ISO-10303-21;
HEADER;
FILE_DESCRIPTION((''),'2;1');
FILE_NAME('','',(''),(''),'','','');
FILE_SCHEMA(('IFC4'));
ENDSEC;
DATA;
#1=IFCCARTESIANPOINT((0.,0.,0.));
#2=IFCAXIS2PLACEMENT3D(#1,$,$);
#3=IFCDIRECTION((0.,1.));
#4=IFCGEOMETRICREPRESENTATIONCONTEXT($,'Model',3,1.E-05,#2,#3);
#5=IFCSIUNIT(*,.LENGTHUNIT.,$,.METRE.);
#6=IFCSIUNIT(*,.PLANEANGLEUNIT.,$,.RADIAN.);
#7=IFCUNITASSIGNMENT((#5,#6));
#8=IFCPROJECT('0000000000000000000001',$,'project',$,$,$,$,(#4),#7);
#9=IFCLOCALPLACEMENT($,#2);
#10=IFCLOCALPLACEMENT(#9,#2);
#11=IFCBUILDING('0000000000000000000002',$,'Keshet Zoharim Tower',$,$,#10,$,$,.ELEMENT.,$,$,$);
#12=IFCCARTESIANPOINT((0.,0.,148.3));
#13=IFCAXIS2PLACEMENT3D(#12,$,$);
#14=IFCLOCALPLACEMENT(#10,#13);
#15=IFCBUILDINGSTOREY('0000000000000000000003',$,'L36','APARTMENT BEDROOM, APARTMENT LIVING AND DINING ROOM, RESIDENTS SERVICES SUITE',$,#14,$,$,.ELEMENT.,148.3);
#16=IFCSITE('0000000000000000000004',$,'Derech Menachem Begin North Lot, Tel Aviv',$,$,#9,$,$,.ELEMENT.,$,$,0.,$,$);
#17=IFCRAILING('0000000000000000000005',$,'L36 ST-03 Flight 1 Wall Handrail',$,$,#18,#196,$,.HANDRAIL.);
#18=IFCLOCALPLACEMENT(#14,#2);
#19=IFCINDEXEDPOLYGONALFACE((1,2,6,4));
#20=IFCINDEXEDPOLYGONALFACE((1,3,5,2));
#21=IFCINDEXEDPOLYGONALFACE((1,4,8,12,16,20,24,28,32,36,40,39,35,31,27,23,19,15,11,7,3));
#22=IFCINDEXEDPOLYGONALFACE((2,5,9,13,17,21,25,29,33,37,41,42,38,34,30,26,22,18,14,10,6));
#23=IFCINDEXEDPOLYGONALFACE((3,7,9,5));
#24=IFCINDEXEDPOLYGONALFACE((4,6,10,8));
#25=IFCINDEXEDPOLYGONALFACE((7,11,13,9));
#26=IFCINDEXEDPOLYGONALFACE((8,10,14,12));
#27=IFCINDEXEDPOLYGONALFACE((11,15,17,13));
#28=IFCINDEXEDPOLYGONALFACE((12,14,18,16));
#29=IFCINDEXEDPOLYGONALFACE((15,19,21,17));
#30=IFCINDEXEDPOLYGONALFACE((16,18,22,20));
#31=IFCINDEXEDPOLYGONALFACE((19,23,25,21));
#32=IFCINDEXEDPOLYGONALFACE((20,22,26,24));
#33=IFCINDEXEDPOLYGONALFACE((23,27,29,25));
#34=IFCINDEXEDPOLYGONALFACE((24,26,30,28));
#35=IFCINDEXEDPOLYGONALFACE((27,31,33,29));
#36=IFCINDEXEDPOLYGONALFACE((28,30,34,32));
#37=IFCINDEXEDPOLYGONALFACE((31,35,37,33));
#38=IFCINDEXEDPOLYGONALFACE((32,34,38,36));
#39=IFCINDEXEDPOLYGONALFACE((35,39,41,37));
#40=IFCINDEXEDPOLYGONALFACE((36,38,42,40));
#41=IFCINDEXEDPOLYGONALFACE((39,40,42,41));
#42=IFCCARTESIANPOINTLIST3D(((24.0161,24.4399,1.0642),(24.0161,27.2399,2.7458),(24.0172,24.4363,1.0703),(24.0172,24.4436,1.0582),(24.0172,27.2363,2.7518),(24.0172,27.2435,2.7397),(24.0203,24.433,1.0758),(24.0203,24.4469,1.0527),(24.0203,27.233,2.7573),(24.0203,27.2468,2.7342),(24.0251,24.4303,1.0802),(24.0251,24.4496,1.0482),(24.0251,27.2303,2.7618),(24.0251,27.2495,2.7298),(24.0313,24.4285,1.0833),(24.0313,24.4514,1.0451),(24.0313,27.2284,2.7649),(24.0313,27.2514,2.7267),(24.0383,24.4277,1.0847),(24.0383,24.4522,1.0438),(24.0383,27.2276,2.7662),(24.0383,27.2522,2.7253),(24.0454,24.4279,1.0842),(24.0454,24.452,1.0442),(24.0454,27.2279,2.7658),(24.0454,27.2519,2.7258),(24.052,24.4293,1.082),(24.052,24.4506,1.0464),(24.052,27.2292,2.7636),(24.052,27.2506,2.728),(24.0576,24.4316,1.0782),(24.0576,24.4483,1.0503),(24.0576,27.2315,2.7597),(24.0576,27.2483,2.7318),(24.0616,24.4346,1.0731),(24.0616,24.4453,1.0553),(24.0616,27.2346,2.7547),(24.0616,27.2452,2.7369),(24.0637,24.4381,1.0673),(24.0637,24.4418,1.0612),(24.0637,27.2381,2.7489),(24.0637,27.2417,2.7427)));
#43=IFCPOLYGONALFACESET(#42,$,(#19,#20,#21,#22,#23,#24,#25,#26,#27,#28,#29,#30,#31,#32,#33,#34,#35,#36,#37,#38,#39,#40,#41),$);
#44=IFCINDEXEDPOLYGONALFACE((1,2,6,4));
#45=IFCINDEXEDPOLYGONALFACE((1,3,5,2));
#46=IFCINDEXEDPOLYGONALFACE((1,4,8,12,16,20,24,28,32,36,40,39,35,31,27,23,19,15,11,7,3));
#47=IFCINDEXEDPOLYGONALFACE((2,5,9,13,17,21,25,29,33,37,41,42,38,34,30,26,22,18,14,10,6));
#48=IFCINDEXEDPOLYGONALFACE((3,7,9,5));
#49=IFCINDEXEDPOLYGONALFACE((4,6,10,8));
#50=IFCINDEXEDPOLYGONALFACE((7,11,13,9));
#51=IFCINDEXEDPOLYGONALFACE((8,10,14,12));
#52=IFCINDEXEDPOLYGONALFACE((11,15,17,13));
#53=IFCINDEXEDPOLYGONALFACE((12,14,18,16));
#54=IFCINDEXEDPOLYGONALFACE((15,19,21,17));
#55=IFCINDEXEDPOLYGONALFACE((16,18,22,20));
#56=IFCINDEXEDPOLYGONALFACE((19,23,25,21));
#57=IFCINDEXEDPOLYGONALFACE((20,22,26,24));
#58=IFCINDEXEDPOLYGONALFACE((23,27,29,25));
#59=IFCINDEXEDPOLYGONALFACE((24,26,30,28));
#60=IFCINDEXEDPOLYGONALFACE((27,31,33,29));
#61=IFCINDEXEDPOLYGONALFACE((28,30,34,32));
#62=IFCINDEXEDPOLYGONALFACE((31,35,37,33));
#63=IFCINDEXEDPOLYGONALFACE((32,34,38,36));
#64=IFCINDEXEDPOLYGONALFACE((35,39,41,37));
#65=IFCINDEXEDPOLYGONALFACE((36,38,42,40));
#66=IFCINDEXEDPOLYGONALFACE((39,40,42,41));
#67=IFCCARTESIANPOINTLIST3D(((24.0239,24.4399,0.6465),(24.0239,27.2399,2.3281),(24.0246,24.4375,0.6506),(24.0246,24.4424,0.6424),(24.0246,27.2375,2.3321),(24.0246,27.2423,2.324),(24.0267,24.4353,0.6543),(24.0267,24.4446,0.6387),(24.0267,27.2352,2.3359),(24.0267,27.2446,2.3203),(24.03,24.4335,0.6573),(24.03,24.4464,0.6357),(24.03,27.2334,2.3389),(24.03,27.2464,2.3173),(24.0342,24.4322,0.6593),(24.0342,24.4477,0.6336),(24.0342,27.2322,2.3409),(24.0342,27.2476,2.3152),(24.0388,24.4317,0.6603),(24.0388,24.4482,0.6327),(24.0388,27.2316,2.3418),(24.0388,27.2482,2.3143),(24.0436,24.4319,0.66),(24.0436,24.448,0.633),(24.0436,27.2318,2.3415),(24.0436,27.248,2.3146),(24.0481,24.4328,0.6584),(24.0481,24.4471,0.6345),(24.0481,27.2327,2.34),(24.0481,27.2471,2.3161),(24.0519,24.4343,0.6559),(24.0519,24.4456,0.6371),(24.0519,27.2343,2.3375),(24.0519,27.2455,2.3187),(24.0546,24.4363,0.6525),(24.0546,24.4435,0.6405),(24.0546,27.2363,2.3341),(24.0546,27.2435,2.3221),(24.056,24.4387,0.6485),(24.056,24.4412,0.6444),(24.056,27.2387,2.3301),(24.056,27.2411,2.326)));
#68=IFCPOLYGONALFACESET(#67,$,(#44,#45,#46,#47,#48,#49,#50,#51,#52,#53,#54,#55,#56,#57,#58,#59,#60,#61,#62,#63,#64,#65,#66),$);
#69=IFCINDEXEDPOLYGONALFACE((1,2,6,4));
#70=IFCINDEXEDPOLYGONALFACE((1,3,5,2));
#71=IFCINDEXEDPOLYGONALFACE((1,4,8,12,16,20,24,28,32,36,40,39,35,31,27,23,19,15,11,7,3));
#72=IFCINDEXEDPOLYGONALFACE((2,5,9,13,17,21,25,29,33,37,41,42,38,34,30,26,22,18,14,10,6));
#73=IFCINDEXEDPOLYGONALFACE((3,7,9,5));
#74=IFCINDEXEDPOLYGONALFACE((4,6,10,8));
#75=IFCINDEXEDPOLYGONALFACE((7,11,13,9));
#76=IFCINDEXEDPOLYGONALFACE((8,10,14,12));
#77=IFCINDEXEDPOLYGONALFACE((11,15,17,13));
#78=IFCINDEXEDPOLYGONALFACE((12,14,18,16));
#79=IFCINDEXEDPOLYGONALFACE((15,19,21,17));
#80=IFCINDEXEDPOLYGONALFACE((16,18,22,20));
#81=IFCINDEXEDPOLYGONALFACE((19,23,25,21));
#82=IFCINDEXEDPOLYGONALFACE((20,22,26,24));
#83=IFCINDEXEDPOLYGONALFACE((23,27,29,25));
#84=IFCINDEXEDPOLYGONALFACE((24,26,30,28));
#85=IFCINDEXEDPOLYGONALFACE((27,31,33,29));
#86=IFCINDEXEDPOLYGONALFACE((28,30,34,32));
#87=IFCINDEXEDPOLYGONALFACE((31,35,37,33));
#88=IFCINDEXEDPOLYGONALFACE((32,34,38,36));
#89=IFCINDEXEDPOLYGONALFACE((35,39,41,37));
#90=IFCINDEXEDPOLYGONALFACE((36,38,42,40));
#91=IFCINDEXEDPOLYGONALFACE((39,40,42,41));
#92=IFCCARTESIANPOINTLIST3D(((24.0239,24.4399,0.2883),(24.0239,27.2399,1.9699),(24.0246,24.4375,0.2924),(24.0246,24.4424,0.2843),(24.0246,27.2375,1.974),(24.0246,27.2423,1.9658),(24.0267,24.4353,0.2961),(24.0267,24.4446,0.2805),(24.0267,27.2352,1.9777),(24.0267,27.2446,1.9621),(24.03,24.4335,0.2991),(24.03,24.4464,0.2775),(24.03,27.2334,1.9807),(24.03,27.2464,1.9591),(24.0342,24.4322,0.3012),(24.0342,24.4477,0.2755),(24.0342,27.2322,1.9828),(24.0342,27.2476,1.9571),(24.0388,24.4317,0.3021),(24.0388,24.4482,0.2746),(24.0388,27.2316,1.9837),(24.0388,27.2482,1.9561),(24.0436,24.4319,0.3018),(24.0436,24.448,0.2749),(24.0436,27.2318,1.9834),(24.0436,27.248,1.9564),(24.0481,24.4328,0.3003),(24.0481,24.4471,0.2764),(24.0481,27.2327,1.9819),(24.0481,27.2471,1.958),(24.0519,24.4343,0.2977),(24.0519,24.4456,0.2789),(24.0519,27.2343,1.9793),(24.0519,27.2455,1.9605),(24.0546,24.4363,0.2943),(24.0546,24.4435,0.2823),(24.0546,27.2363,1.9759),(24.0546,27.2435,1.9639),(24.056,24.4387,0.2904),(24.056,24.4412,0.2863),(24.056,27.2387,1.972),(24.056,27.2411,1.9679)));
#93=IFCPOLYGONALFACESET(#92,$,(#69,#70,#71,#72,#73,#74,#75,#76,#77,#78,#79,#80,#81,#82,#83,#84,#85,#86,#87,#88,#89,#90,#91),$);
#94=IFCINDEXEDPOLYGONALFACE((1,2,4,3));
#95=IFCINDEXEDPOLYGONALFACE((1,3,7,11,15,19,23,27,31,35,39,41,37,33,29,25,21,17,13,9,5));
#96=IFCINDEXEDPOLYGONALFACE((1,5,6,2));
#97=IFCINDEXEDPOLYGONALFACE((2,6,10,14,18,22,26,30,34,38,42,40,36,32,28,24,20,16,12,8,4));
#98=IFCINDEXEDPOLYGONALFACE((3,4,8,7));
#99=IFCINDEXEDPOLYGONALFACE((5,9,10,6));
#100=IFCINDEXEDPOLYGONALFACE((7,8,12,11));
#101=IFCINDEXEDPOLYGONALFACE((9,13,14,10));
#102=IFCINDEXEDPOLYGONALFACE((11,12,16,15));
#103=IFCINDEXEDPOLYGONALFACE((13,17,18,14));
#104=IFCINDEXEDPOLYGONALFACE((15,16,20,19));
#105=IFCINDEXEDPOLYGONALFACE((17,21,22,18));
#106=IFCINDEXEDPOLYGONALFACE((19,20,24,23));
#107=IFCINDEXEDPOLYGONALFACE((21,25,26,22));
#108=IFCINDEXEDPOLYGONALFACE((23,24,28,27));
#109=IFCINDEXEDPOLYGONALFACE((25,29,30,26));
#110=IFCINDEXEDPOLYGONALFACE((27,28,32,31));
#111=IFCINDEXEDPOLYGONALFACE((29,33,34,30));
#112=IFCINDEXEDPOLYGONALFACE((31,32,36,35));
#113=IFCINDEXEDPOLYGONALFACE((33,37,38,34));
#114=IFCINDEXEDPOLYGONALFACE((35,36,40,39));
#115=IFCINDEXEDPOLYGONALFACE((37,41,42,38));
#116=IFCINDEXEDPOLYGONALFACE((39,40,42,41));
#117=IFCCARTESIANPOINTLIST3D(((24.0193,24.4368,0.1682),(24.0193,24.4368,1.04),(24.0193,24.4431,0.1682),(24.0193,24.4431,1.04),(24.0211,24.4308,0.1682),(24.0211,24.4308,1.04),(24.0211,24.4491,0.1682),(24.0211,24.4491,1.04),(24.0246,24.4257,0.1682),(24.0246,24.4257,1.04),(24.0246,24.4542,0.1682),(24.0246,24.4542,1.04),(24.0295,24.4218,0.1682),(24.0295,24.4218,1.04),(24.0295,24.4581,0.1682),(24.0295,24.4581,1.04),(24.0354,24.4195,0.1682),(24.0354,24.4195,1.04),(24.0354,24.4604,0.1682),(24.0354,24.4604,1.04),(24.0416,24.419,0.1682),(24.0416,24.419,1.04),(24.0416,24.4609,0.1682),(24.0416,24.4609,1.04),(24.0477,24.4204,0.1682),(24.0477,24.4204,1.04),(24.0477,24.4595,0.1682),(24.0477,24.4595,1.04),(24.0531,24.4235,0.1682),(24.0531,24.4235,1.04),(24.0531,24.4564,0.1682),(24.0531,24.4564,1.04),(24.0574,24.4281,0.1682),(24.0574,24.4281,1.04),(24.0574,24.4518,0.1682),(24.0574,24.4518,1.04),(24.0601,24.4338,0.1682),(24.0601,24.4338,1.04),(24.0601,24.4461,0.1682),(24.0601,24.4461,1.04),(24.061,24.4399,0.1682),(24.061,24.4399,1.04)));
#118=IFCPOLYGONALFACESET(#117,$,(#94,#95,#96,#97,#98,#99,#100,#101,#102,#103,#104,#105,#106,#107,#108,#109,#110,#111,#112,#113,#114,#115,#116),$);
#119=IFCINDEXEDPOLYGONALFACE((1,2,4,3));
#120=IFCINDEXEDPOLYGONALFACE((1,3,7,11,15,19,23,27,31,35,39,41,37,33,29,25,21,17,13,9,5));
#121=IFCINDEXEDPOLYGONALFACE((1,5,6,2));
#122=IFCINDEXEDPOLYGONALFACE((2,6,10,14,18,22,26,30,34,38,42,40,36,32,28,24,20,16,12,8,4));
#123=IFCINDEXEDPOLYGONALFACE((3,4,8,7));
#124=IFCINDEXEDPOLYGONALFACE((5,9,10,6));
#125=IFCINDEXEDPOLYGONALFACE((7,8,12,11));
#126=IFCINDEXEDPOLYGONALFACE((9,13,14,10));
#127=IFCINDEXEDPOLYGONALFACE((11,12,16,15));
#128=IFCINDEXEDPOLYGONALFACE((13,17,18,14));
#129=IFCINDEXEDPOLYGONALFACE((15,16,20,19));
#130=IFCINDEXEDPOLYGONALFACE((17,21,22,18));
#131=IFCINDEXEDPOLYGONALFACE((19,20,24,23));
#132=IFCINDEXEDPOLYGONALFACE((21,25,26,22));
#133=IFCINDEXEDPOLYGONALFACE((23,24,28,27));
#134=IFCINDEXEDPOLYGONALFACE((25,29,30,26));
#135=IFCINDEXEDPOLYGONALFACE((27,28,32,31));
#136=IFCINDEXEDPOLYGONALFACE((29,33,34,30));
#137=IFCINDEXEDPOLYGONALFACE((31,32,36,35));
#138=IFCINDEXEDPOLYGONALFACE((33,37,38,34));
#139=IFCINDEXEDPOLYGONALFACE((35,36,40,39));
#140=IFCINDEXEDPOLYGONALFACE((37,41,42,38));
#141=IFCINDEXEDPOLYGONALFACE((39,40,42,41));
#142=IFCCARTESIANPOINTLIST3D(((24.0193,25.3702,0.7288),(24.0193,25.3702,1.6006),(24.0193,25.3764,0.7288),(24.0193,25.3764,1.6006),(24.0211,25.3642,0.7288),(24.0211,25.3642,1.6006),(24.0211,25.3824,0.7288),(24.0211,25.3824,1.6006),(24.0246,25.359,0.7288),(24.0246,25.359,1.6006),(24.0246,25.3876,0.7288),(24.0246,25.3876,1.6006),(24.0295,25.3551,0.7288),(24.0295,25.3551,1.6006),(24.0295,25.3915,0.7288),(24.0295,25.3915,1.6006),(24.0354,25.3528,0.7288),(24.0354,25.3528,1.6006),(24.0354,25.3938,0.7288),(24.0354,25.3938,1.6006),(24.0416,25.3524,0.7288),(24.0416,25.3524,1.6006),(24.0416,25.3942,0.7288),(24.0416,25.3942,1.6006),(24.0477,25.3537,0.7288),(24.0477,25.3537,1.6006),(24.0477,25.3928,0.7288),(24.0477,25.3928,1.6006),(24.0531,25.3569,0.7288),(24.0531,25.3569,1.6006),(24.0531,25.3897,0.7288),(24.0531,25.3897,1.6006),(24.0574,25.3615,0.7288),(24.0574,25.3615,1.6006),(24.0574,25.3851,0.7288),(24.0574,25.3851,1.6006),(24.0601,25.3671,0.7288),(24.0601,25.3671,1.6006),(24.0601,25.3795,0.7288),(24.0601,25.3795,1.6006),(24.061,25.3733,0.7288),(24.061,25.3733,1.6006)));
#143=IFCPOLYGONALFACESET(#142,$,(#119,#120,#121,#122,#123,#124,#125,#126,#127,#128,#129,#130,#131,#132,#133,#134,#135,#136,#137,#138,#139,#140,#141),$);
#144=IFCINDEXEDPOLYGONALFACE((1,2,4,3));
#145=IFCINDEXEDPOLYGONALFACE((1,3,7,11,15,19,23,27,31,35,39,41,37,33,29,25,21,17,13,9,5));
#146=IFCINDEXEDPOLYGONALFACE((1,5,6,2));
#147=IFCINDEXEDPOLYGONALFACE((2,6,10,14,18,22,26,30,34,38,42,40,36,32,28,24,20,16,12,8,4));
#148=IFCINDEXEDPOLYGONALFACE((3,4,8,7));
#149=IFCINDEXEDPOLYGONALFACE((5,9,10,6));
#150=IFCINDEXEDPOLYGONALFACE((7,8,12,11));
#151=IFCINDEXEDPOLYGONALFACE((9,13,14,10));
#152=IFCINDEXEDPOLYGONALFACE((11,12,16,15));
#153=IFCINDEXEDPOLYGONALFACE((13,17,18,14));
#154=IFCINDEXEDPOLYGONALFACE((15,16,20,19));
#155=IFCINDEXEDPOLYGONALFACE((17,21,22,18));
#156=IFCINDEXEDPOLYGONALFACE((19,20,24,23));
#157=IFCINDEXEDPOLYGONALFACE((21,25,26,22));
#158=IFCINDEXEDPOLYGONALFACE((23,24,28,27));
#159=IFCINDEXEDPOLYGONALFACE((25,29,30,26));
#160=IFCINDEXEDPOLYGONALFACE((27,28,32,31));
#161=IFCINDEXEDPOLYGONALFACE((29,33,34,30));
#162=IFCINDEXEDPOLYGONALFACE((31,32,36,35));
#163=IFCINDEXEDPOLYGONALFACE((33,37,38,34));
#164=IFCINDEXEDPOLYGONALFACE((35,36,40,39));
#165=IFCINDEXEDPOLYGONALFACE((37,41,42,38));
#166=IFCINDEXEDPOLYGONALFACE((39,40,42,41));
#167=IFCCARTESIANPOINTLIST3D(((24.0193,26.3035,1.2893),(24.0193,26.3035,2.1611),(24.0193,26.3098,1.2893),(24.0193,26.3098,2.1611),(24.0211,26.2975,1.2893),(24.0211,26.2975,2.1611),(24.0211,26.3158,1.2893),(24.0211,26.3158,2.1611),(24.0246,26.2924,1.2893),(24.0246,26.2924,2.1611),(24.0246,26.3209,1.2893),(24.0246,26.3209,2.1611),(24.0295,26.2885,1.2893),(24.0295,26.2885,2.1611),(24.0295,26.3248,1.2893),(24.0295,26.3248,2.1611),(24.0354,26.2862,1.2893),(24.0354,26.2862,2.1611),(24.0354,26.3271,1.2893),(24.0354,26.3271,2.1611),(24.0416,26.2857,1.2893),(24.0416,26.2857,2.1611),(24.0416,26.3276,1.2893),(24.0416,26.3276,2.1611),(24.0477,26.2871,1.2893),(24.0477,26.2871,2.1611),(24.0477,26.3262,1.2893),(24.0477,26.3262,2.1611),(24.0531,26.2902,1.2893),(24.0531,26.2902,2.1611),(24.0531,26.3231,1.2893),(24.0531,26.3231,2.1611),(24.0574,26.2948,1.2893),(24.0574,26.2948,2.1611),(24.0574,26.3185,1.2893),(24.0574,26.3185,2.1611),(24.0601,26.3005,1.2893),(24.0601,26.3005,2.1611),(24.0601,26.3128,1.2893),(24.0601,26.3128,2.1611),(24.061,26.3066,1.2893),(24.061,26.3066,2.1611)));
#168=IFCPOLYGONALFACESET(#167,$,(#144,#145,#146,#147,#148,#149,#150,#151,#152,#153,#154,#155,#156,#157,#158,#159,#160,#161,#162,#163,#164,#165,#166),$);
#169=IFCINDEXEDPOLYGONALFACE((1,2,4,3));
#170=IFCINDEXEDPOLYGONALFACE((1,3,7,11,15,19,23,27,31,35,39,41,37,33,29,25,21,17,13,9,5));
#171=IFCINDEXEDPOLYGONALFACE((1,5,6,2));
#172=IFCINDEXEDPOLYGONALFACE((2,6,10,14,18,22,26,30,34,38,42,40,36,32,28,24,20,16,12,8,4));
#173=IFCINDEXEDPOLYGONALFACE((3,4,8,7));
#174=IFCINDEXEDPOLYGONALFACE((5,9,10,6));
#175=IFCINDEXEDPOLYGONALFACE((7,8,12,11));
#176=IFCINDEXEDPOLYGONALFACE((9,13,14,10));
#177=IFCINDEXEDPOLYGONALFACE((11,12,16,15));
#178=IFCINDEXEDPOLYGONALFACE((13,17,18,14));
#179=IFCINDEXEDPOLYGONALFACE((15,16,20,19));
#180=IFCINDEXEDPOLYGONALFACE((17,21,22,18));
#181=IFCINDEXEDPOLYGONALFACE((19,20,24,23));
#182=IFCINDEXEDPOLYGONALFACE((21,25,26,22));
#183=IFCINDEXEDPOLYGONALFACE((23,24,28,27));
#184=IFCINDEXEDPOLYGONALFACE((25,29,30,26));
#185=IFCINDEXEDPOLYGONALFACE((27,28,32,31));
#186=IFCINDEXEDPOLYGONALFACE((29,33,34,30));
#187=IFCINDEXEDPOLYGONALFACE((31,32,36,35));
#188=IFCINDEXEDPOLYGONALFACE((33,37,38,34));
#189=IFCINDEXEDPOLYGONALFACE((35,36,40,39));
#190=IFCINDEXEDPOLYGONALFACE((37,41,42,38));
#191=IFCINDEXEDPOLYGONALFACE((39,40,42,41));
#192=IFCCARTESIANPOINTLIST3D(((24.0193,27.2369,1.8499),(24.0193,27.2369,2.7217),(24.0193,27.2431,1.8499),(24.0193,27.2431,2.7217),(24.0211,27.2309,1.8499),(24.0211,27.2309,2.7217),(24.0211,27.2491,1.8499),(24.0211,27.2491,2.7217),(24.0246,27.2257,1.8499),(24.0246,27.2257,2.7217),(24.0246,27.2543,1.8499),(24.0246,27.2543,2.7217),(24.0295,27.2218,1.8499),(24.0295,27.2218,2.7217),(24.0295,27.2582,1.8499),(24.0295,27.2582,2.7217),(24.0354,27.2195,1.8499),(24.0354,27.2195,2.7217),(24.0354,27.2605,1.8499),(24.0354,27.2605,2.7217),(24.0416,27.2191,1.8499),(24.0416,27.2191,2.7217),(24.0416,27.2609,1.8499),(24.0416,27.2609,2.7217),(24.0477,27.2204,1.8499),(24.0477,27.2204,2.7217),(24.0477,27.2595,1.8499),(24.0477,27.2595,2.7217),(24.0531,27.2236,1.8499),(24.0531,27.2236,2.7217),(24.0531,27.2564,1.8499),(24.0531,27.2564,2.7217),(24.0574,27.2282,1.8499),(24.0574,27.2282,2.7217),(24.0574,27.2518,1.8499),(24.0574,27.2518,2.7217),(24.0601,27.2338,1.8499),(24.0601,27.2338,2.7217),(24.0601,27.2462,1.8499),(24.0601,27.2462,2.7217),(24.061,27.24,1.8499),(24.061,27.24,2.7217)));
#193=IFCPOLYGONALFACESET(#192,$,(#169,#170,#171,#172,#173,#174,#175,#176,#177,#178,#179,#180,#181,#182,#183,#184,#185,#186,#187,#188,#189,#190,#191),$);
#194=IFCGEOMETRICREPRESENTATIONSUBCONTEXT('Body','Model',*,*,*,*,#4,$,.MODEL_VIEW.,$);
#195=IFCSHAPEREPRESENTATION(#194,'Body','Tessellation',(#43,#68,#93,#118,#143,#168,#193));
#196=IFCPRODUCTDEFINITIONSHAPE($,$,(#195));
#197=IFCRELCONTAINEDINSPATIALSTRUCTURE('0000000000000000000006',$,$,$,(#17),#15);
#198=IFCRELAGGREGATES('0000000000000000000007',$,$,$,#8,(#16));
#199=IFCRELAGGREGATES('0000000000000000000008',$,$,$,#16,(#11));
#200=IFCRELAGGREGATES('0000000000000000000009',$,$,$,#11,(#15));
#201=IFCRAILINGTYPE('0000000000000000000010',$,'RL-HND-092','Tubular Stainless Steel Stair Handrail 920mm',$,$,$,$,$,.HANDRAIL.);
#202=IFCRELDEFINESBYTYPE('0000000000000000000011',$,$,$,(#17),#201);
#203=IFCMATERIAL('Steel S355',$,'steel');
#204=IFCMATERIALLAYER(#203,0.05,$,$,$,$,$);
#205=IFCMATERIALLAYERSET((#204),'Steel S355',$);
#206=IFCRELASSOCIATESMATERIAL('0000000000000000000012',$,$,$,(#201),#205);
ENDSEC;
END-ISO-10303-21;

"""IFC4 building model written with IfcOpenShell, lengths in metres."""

from ifc_helpers import new_model, si_unit, direction, frame, origin, origin_2d, place, context, subcontext, project, spatial, circle, extrude, material, layer, layer_set, type_object, element, save


model = new_model("IFC4")

# Units and contexts
model_context = context("Model", 3, precision=1e-05, world=origin(), true_north=direction((0.0, 1.0)))
body_context = subcontext(model_context, "Body", "Model", "MODEL_VIEW")
ifc_project = project(units=[si_unit("LENGTHUNIT", "METRE"), si_unit("PLANEANGLEUNIT", "RADIAN")], contexts=[model_context])

# Site, building, storey
site_placement = place(None, origin())
site = spatial("IfcSite", under=ifc_project, at=site_placement, Name="Derech Menachem Begin North Lot, Tel Aviv", CompositionType="ELEMENT", RefElevation=0.0)
building_placement = place(site_placement, origin())
building = spatial("IfcBuilding", under=site, at=building_placement, Name="Keshet Zoharim Tower", CompositionType="ELEMENT")
storey_placement = place(building_placement, frame((0.0, 0.0, 148.3)))
storey = spatial("IfcBuildingStorey", under=building, at=storey_placement, Name="L36", Description="APARTMENT BEDROOM, APARTMENT LIVING AND DINING ROOM, RESIDENTS SERVICES SUITE", CompositionType="ELEMENT", Elevation=148.3)

# Railing
ifc_material_1 = material(Name="Steel S355", Category="steel")
ifc_layer_1 = layer(ifc_material_1, 0.05)
ifc_layer_set_1 = layer_set([ifc_layer_1], Name="Steel S355")
railing_type_1 = type_object("IfcRailingType", Name="RL-HND-092", Description="Tubular Stainless Steel Stair Handrail 920mm", PredefinedType="HANDRAIL", material=ifc_layer_set_1)
railing_1_placement = place(storey_placement, frame((24.04, 24.4399, 0.1682)))
element("IfcRailing", 1, at=railing_1_placement, inside=storey, type_object=railing_type_1, Name="L36 ST-03 Flight 1 Wall Handrail", PredefinedType="HANDRAIL", context=body_context, shape_type="SweptSolid", body=[
    extrude(circle(Radius=0.0239, at=origin_2d()), frame((0.0, 0.0, 0.896), z_axis=(0.0, 0.857275, 0.514858), x_axis=(-1.0, 0.0, 0.0)), (0.0, 0.0, 1.0), 3.2661),
    extrude(circle(Radius=0.0161, at=origin_2d()), frame((0.0, 0.0, 0.4783), z_axis=(0.0, 0.857275, 0.514858), x_axis=(-1.0, 0.0, 0.0)), (0.0, 0.0, 1.0), 3.2661),
    extrude(circle(Radius=0.0161, at=origin_2d()), frame((0.0, 0.0, 0.1201), z_axis=(0.0, 0.857275, 0.514858), x_axis=(-1.0, 0.0, 0.0)), (0.0, 0.0, 1.0), 3.2661),
    extrude(circle(Radius=0.021, at=origin_2d()), origin(), (0.0, 0.0, 1.0), 0.8718),
    extrude(circle(Radius=0.021, at=origin_2d()), frame((0.0, 0.9333, 0.5605)), (0.0, 0.0, 1.0), 0.8718),
    extrude(circle(Radius=0.021, at=origin_2d()), frame((0.0, 1.8667, 1.1211)), (0.0, 0.0, 1.0), 0.8718),
    extrude(circle(Radius=0.021, at=origin_2d()), frame((0.0, 2.8, 1.6816)), (0.0, 0.0, 1.0), 0.8718),
])

save(model, "model.ifc")
